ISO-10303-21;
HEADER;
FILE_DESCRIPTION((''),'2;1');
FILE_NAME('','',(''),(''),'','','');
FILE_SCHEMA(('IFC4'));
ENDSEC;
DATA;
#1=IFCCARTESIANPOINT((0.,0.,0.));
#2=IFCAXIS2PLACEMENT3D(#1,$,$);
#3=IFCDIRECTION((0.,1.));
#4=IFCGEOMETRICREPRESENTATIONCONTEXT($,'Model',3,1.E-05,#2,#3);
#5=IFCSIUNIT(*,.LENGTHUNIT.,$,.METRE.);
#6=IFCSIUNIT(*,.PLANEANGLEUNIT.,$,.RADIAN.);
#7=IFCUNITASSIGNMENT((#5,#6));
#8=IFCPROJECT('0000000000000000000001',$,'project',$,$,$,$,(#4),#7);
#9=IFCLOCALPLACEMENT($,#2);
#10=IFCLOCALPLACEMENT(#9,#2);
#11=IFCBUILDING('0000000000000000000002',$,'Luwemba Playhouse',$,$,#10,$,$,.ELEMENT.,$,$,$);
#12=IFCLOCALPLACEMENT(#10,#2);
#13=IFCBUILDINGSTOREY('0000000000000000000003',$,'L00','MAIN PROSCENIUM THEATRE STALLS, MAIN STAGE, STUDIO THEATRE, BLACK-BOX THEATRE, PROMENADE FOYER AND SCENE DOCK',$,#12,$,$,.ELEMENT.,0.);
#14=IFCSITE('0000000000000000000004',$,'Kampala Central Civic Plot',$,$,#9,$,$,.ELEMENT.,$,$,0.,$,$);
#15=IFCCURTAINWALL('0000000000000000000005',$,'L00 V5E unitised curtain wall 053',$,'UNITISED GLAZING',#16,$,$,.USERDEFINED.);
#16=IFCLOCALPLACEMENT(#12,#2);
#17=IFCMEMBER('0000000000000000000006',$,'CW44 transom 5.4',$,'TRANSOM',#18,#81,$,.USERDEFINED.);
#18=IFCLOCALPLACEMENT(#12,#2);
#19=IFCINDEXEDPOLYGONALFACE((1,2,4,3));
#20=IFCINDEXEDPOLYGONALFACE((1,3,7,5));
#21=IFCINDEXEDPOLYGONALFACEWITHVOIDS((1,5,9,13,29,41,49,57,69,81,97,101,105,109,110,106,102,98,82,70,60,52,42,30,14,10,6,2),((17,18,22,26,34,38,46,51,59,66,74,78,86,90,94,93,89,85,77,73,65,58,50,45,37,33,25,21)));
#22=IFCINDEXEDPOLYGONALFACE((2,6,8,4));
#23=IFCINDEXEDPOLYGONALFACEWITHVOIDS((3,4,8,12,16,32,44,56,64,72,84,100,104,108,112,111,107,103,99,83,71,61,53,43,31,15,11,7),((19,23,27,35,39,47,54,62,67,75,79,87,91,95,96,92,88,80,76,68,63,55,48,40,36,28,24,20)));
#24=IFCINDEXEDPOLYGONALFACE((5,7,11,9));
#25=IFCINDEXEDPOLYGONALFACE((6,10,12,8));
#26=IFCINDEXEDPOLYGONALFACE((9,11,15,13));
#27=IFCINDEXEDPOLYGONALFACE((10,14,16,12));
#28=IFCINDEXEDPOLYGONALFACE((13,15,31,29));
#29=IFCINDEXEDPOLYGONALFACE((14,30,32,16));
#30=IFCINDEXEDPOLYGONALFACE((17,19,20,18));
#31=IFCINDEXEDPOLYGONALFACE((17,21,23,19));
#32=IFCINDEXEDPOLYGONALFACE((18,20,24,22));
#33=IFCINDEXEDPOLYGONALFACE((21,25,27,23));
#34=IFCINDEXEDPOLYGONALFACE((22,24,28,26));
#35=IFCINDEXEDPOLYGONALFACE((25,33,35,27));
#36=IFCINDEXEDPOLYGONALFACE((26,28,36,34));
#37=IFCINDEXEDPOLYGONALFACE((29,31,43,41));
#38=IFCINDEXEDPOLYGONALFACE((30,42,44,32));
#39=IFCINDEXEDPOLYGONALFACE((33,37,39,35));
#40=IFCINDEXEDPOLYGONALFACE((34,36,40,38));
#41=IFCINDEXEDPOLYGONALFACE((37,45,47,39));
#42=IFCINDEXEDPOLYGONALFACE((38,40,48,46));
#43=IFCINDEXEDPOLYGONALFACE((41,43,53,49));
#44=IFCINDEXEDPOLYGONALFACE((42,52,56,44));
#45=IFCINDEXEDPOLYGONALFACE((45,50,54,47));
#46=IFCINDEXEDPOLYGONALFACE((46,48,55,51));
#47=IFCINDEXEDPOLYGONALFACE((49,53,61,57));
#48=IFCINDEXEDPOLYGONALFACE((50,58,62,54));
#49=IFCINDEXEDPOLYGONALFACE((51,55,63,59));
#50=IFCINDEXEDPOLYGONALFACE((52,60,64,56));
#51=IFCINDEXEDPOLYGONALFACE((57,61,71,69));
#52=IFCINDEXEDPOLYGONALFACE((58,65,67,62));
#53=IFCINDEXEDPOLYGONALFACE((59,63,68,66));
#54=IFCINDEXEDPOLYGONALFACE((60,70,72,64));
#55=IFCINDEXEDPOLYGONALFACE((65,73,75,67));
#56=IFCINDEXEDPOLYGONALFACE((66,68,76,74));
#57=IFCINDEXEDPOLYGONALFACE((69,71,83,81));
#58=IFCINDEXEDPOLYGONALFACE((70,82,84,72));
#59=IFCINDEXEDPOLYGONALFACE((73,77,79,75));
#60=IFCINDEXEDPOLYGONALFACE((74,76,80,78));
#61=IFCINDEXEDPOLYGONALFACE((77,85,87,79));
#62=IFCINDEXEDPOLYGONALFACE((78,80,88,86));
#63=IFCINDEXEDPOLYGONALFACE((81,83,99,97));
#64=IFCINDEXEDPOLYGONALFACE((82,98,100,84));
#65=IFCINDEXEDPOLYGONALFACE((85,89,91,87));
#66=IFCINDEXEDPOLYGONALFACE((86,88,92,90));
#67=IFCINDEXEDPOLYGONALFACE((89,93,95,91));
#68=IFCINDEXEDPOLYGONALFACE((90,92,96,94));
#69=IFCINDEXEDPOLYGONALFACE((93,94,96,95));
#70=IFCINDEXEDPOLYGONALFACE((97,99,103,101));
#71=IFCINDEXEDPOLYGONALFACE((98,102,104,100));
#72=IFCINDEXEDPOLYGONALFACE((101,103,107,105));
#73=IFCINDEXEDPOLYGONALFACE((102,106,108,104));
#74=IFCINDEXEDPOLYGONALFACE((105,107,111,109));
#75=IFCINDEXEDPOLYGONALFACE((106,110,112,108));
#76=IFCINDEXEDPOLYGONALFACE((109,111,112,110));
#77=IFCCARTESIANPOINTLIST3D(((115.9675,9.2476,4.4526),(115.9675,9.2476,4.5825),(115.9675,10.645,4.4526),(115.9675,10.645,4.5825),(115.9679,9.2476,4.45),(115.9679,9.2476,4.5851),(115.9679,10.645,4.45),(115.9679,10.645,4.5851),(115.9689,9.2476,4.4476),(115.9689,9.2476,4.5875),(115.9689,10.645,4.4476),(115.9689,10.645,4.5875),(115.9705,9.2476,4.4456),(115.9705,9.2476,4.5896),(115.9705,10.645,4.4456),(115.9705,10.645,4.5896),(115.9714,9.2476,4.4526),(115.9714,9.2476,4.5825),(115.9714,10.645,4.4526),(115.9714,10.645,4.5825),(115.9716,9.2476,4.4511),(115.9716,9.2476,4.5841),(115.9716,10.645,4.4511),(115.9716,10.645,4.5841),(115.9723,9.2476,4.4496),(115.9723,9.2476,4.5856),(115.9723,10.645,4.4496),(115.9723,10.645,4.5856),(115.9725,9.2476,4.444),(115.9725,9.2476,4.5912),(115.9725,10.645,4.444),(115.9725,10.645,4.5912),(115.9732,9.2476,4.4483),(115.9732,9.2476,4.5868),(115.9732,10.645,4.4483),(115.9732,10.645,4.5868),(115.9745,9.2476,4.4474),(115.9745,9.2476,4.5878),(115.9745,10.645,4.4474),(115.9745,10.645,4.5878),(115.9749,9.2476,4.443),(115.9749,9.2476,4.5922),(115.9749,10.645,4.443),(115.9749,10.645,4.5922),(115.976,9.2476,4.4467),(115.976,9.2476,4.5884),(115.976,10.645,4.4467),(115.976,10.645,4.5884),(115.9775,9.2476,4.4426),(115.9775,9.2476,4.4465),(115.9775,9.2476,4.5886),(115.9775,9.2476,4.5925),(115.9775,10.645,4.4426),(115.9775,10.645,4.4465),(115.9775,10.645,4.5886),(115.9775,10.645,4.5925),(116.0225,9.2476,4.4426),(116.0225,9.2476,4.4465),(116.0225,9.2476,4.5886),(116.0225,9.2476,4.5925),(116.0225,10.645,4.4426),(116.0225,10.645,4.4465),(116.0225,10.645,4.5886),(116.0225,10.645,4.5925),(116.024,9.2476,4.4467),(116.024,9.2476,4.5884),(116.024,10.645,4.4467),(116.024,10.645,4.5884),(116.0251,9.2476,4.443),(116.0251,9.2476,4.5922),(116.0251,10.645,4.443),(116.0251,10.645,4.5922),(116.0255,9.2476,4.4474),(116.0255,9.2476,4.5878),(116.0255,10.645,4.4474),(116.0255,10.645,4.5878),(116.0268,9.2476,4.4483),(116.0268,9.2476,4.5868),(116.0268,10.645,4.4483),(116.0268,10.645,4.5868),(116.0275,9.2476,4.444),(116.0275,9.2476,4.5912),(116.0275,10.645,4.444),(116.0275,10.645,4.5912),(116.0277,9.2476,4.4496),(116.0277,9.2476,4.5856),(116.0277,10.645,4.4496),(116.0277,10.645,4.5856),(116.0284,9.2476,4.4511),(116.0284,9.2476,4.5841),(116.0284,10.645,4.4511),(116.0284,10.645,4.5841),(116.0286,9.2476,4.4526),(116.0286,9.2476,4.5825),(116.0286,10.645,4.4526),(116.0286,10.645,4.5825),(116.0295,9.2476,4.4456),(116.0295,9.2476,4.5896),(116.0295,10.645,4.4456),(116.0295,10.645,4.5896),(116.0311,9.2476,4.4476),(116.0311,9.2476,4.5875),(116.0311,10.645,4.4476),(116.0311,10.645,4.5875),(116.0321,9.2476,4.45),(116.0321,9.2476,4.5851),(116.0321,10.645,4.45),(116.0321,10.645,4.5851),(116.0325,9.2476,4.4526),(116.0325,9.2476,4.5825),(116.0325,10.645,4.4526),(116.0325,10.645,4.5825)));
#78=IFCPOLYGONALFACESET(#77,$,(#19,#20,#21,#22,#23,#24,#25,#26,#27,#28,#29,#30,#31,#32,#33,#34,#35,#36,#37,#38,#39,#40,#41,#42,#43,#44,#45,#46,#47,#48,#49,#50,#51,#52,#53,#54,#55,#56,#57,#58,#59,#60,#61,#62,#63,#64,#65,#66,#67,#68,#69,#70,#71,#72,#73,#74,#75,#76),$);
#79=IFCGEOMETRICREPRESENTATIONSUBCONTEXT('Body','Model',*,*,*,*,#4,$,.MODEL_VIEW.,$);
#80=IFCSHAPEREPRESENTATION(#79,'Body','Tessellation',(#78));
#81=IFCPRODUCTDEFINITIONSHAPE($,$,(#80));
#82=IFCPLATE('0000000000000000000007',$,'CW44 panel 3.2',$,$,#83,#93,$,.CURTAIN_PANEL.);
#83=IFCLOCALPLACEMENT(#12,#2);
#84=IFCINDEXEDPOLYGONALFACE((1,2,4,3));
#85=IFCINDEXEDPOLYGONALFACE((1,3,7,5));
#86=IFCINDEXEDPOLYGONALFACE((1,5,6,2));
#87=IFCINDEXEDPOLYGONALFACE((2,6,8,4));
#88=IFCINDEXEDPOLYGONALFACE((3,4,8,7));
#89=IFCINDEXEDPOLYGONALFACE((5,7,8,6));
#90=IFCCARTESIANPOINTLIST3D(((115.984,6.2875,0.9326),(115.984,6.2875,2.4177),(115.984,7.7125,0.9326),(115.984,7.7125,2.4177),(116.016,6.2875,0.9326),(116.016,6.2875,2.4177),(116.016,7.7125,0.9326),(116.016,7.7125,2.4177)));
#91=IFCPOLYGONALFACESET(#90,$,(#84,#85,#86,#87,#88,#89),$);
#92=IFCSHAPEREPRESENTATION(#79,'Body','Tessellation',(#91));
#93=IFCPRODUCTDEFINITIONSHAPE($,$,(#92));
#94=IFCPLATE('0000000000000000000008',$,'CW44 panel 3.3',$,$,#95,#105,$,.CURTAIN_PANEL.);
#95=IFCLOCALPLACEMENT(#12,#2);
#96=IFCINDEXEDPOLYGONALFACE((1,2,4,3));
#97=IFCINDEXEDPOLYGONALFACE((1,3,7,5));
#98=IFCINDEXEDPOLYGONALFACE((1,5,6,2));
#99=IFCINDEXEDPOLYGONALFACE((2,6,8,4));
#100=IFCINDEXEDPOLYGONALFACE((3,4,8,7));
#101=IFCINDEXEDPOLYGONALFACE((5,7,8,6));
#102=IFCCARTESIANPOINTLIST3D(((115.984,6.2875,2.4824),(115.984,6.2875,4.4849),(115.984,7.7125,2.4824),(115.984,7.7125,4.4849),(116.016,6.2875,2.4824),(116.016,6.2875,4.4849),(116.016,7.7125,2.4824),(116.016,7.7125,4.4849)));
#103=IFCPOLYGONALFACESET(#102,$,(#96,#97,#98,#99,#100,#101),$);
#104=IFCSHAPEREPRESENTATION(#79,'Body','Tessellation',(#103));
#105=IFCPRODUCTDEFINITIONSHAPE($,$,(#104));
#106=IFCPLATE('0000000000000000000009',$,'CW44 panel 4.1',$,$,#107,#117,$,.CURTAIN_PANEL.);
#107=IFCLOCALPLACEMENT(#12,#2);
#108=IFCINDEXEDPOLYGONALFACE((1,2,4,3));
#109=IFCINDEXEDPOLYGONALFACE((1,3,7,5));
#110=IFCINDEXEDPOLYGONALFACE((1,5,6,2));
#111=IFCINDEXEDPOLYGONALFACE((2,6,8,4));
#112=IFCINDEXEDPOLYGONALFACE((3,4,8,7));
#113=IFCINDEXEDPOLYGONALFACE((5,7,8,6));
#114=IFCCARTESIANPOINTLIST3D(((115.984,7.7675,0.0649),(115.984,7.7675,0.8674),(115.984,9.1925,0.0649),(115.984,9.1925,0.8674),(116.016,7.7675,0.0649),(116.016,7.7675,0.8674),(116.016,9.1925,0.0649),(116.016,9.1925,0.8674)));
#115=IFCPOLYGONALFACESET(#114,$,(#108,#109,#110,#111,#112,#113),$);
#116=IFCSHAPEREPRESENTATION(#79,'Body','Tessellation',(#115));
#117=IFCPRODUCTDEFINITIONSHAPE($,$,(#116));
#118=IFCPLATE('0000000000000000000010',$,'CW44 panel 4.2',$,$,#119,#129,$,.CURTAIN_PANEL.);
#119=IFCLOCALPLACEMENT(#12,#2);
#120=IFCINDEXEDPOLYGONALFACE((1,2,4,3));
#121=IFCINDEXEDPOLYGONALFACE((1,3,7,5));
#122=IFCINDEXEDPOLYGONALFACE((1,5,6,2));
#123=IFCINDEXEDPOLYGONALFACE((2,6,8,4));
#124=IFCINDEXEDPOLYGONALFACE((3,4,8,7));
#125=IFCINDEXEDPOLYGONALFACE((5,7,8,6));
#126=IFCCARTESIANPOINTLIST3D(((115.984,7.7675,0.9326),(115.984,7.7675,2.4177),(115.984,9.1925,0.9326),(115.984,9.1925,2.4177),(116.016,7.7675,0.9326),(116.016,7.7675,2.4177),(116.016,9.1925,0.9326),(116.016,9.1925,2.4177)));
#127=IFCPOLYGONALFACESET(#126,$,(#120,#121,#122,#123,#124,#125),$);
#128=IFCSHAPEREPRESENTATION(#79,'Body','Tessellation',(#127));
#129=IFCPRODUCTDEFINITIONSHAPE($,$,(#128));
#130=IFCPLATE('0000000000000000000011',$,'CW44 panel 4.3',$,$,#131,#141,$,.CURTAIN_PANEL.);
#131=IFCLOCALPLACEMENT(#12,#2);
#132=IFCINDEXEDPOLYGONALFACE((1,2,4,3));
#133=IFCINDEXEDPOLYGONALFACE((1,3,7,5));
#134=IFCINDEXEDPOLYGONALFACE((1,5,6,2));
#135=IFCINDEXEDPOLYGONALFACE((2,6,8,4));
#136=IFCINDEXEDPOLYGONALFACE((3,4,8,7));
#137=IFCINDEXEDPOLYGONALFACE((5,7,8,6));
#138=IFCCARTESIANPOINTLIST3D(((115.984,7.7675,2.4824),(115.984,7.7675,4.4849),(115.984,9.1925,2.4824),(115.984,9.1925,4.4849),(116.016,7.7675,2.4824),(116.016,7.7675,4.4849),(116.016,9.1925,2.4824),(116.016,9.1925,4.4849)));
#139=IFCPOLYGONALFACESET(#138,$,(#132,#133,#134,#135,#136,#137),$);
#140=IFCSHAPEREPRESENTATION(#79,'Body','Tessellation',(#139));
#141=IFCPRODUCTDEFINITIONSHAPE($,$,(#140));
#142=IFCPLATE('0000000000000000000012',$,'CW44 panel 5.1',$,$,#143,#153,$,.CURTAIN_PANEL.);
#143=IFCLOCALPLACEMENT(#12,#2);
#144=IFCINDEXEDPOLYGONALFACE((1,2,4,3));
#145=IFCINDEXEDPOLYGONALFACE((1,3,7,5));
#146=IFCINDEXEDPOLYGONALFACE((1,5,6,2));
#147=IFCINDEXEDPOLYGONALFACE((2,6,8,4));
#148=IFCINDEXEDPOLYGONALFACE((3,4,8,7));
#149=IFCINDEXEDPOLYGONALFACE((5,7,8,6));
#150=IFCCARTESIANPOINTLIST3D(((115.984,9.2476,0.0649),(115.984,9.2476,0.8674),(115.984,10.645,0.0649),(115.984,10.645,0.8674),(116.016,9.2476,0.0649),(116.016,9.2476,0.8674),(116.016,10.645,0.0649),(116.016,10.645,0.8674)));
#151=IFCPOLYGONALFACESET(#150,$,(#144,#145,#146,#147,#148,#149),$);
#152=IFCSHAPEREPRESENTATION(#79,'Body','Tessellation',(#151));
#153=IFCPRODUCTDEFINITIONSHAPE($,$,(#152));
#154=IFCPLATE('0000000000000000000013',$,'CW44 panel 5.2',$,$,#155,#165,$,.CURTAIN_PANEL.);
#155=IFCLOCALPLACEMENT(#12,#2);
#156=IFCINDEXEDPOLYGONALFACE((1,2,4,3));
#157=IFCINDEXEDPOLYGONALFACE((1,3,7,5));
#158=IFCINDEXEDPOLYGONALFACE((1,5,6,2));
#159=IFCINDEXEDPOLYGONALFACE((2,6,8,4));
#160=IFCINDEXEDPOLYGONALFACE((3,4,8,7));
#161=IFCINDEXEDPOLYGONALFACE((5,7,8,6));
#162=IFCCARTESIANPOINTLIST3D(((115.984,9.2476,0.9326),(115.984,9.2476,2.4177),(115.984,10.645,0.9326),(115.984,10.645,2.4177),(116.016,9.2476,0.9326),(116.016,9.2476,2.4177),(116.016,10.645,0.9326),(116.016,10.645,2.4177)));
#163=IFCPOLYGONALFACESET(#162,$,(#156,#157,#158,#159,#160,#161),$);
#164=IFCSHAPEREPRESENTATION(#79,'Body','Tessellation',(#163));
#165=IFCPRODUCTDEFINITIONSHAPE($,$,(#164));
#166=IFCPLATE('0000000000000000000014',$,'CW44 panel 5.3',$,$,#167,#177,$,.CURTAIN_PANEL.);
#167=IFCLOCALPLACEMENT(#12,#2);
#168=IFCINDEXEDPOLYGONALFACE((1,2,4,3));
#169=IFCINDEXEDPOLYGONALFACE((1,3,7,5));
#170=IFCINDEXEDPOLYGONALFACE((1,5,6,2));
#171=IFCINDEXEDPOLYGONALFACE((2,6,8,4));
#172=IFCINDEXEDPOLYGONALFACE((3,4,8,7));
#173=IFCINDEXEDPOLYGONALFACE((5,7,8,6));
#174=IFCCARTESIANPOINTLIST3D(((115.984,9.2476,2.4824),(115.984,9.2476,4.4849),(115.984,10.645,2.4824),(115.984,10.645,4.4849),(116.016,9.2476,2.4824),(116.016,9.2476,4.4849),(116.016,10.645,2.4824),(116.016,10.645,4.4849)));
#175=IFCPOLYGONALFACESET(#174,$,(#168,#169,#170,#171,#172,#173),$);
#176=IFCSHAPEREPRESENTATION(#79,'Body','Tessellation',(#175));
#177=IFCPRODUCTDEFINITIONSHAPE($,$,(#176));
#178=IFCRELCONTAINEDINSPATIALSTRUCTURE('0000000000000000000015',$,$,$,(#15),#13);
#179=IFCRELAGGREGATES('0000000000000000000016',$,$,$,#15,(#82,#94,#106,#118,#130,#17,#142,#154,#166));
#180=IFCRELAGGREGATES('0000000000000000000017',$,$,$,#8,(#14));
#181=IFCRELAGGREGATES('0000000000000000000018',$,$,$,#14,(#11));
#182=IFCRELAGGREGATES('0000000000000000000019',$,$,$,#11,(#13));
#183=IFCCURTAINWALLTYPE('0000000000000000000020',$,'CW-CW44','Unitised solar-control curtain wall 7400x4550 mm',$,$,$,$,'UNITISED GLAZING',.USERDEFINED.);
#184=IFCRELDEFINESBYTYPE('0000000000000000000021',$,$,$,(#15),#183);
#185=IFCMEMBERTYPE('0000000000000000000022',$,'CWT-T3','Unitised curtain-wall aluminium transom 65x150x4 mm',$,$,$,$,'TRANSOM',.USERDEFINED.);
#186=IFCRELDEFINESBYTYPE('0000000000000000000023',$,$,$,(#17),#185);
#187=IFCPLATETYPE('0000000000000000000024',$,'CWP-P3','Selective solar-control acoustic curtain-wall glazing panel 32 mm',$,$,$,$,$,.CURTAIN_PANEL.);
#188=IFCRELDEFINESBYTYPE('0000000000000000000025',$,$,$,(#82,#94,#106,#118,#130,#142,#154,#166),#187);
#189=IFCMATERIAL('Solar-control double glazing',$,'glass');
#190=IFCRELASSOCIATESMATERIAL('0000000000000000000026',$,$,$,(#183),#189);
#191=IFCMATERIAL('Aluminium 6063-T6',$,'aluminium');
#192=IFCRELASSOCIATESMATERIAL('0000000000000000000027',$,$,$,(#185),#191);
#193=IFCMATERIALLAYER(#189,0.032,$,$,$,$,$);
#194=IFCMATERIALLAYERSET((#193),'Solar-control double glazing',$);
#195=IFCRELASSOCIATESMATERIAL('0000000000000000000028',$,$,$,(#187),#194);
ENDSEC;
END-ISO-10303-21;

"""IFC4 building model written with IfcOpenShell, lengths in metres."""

from ifc_helpers import new_model, si_unit, direction, frame, origin, origin_2d, place, context, subcontext, project, spatial, rectangle, hollow_rectangle, extrude, material, layer, layer_set, material_profile, profile_set, type_object, element, aggregate, save


model = new_model("IFC4")

# Units and contexts
model_context = context("Model", 3, precision=1e-05, world=origin(), true_north=direction((0.0, 1.0)))
body_context = subcontext(model_context, "Body", "Model", "MODEL_VIEW")
ifc_project = project(units=[si_unit("LENGTHUNIT", "METRE"), si_unit("PLANEANGLEUNIT", "RADIAN")], contexts=[model_context])

# Site, building, storey
site_placement = place(None, origin())
site = spatial("IfcSite", under=ifc_project, at=site_placement, Name="Kampala Central Civic Plot", CompositionType="ELEMENT", RefElevation=0.0)
building_placement = place(site_placement, origin())
building = spatial("IfcBuilding", under=site, at=building_placement, Name="Luwemba Playhouse", CompositionType="ELEMENT")
storey_placement = place(building_placement, origin())
storey = spatial("IfcBuildingStorey", under=building, at=storey_placement, Name="L00", Description="MAIN PROSCENIUM THEATRE STALLS, MAIN STAGE, STUDIO THEATRE, BLACK-BOX THEATRE, PROMENADE FOYER AND SCENE DOCK", CompositionType="ELEMENT", Elevation=0.0)

# Curtain wall
ifc_material_1 = material(Name="Solar-control double glazing", Category="glass")
curtain_wall_type_1 = type_object("IfcCurtainWallType", Name="CW-CW44", Description="Unitised solar-control curtain wall 7400x4550 mm", ElementType="UNITISED GLAZING", PredefinedType="USERDEFINED", material=ifc_material_1)
curtain_wall_1_placement = place(storey_placement, origin())
curtain_wall_1 = element("IfcCurtainWall", 1, at=curtain_wall_1_placement, inside=storey, type_object=curtain_wall_type_1, Name="L00 V5E unitised curtain wall 053", ObjectType="UNITISED GLAZING", PredefinedType="USERDEFINED")
ifc_material_2 = material(Name="Aluminium 6063-T6", Category="aluminium")

# Member
ifc_material_profile_1 = material_profile(ifc_material_2, hollow_rectangle(XDim=0.0649, YDim=0.1499, WallThickness=0.0039, InnerFilletRadius=0.0061, OuterFilletRadius=0.01, at=origin_2d()))
ifc_profile_set_1 = profile_set([ifc_material_profile_1], Name="Aluminium 6063-T6")
member_type_1 = type_object("IfcMemberType", Name="CWT-T3", Description="Unitised curtain-wall aluminium transom 65x150x4 mm", ElementType="TRANSOM", PredefinedType="USERDEFINED", material=ifc_profile_set_1)
member_1_placement = place(storey_placement, frame((116.0, 9.2476, 4.5176), z_axis=(0.0, 1.0, 0.0), x_axis=(-1.0, 0.0, 0.0)))
member_1 = element("IfcMember", 2, at=member_1_placement, type_object=member_type_1, Name="CW44 transom 5.4", ObjectType="TRANSOM", PredefinedType="USERDEFINED", context=body_context, shape_type="SweptSolid", body=[
    extrude(hollow_rectangle(XDim=0.0649, YDim=0.1499, WallThickness=0.0039, InnerFilletRadius=0.0061, OuterFilletRadius=0.01, at=origin_2d()), origin(), (0.0, 0.0, 1.0), 1.3975),
])

# Plates
ifc_layer = layer(ifc_material_1, 0.032)
ifc_layer_set = layer_set([ifc_layer], Name="Solar-control double glazing")
plate_type = type_object("IfcPlateType", Name="CWP-P3", Description="Selective solar-control acoustic curtain-wall glazing panel 32 mm", PredefinedType="CURTAIN_PANEL", material=ifc_layer_set)
plate_1_placement = place(storey_placement, frame((116.0, 7.0, 0.9326), z_axis=(0.0, 0.0, 1.0), x_axis=(0.0, 1.0, 0.0)))
plate_1 = element("IfcPlate", 3, at=plate_1_placement, type_object=plate_type, Name="CW44 panel 3.2", PredefinedType="CURTAIN_PANEL", context=body_context, shape_type="SweptSolid", body=[
    extrude(rectangle(XDim=1.425, YDim=0.032, at=origin_2d()), origin(), (0.0, 0.0, 1.0), 1.4851),
])
plate_2_placement = place(storey_placement, frame((116.0, 7.0, 2.4824), z_axis=(0.0, 0.0, 1.0), x_axis=(0.0, 1.0, 0.0)))
plate_2 = element("IfcPlate", 4, at=plate_2_placement, type_object=plate_type, Name="CW44 panel 3.3", PredefinedType="CURTAIN_PANEL", context=body_context, shape_type="SweptSolid", body=[
    extrude(rectangle(XDim=1.425, YDim=0.032, at=origin_2d()), origin(), (0.0, 0.0, 1.0), 2.0024),
])
plate_3_placement = place(storey_placement, frame((116.0, 8.48, 0.0649), z_axis=(0.0, 0.0, 1.0), x_axis=(0.0, 1.0, 0.0)))
plate_3 = element("IfcPlate", 5, at=plate_3_placement, type_object=plate_type, Name="CW44 panel 4.1", PredefinedType="CURTAIN_PANEL", context=body_context, shape_type="SweptSolid", body=[
    extrude(rectangle(XDim=1.425, YDim=0.032, at=origin_2d()), origin(), (0.0, 0.0, 1.0), 0.8025),
])
plate_4_placement = place(storey_placement, frame((116.0, 8.48, 0.9326), z_axis=(0.0, 0.0, 1.0), x_axis=(0.0, 1.0, 0.0)))
plate_4 = element("IfcPlate", 6, at=plate_4_placement, type_object=plate_type, Name="CW44 panel 4.2", PredefinedType="CURTAIN_PANEL", context=body_context, shape_type="SweptSolid", body=[
    extrude(rectangle(XDim=1.425, YDim=0.032, at=origin_2d()), origin(), (0.0, 0.0, 1.0), 1.4851),
])
plate_5_placement = place(storey_placement, frame((116.0, 8.48, 2.4824), z_axis=(0.0, 0.0, 1.0), x_axis=(0.0, 1.0, 0.0)))
plate_5 = element("IfcPlate", 7, at=plate_5_placement, type_object=plate_type, Name="CW44 panel 4.3", PredefinedType="CURTAIN_PANEL", context=body_context, shape_type="SweptSolid", body=[
    extrude(rectangle(XDim=1.425, YDim=0.032, at=origin_2d()), origin(), (0.0, 0.0, 1.0), 2.0024),
])
plate_6_placement = place(storey_placement, frame((116.0, 9.9463, 0.0649), z_axis=(0.0, 0.0, 1.0), x_axis=(0.0, 1.0, 0.0)))
plate_6 = element("IfcPlate", 8, at=plate_6_placement, type_object=plate_type, Name="CW44 panel 5.1", PredefinedType="CURTAIN_PANEL", context=body_context, shape_type="SweptSolid", body=[
    extrude(rectangle(XDim=1.3975, YDim=0.032, at=origin_2d()), origin(), (0.0, 0.0, 1.0), 0.8025),
])
plate_7_placement = place(storey_placement, frame((116.0, 9.9463, 0.9326), z_axis=(0.0, 0.0, 1.0), x_axis=(0.0, 1.0, 0.0)))
plate_7 = element("IfcPlate", 9, at=plate_7_placement, type_object=plate_type, Name="CW44 panel 5.2", PredefinedType="CURTAIN_PANEL", context=body_context, shape_type="SweptSolid", body=[
    extrude(rectangle(XDim=1.3975, YDim=0.032, at=origin_2d()), origin(), (0.0, 0.0, 1.0), 1.4851),
])
plate_8_placement = place(storey_placement, frame((116.0, 9.9463, 2.4824), z_axis=(0.0, 0.0, 1.0), x_axis=(0.0, 1.0, 0.0)))
plate_8 = element("IfcPlate", 10, at=plate_8_placement, type_object=plate_type, Name="CW44 panel 5.3", PredefinedType="CURTAIN_PANEL", context=body_context, shape_type="SweptSolid", body=[
    extrude(rectangle(XDim=1.3975, YDim=0.032, at=origin_2d()), origin(), (0.0, 0.0, 1.0), 2.0024),
])
aggregate(curtain_wall_1, [plate_1, plate_2, plate_3, plate_4, plate_5, member_1, plate_6, plate_7, plate_8])

save(model, "model.ifc")
